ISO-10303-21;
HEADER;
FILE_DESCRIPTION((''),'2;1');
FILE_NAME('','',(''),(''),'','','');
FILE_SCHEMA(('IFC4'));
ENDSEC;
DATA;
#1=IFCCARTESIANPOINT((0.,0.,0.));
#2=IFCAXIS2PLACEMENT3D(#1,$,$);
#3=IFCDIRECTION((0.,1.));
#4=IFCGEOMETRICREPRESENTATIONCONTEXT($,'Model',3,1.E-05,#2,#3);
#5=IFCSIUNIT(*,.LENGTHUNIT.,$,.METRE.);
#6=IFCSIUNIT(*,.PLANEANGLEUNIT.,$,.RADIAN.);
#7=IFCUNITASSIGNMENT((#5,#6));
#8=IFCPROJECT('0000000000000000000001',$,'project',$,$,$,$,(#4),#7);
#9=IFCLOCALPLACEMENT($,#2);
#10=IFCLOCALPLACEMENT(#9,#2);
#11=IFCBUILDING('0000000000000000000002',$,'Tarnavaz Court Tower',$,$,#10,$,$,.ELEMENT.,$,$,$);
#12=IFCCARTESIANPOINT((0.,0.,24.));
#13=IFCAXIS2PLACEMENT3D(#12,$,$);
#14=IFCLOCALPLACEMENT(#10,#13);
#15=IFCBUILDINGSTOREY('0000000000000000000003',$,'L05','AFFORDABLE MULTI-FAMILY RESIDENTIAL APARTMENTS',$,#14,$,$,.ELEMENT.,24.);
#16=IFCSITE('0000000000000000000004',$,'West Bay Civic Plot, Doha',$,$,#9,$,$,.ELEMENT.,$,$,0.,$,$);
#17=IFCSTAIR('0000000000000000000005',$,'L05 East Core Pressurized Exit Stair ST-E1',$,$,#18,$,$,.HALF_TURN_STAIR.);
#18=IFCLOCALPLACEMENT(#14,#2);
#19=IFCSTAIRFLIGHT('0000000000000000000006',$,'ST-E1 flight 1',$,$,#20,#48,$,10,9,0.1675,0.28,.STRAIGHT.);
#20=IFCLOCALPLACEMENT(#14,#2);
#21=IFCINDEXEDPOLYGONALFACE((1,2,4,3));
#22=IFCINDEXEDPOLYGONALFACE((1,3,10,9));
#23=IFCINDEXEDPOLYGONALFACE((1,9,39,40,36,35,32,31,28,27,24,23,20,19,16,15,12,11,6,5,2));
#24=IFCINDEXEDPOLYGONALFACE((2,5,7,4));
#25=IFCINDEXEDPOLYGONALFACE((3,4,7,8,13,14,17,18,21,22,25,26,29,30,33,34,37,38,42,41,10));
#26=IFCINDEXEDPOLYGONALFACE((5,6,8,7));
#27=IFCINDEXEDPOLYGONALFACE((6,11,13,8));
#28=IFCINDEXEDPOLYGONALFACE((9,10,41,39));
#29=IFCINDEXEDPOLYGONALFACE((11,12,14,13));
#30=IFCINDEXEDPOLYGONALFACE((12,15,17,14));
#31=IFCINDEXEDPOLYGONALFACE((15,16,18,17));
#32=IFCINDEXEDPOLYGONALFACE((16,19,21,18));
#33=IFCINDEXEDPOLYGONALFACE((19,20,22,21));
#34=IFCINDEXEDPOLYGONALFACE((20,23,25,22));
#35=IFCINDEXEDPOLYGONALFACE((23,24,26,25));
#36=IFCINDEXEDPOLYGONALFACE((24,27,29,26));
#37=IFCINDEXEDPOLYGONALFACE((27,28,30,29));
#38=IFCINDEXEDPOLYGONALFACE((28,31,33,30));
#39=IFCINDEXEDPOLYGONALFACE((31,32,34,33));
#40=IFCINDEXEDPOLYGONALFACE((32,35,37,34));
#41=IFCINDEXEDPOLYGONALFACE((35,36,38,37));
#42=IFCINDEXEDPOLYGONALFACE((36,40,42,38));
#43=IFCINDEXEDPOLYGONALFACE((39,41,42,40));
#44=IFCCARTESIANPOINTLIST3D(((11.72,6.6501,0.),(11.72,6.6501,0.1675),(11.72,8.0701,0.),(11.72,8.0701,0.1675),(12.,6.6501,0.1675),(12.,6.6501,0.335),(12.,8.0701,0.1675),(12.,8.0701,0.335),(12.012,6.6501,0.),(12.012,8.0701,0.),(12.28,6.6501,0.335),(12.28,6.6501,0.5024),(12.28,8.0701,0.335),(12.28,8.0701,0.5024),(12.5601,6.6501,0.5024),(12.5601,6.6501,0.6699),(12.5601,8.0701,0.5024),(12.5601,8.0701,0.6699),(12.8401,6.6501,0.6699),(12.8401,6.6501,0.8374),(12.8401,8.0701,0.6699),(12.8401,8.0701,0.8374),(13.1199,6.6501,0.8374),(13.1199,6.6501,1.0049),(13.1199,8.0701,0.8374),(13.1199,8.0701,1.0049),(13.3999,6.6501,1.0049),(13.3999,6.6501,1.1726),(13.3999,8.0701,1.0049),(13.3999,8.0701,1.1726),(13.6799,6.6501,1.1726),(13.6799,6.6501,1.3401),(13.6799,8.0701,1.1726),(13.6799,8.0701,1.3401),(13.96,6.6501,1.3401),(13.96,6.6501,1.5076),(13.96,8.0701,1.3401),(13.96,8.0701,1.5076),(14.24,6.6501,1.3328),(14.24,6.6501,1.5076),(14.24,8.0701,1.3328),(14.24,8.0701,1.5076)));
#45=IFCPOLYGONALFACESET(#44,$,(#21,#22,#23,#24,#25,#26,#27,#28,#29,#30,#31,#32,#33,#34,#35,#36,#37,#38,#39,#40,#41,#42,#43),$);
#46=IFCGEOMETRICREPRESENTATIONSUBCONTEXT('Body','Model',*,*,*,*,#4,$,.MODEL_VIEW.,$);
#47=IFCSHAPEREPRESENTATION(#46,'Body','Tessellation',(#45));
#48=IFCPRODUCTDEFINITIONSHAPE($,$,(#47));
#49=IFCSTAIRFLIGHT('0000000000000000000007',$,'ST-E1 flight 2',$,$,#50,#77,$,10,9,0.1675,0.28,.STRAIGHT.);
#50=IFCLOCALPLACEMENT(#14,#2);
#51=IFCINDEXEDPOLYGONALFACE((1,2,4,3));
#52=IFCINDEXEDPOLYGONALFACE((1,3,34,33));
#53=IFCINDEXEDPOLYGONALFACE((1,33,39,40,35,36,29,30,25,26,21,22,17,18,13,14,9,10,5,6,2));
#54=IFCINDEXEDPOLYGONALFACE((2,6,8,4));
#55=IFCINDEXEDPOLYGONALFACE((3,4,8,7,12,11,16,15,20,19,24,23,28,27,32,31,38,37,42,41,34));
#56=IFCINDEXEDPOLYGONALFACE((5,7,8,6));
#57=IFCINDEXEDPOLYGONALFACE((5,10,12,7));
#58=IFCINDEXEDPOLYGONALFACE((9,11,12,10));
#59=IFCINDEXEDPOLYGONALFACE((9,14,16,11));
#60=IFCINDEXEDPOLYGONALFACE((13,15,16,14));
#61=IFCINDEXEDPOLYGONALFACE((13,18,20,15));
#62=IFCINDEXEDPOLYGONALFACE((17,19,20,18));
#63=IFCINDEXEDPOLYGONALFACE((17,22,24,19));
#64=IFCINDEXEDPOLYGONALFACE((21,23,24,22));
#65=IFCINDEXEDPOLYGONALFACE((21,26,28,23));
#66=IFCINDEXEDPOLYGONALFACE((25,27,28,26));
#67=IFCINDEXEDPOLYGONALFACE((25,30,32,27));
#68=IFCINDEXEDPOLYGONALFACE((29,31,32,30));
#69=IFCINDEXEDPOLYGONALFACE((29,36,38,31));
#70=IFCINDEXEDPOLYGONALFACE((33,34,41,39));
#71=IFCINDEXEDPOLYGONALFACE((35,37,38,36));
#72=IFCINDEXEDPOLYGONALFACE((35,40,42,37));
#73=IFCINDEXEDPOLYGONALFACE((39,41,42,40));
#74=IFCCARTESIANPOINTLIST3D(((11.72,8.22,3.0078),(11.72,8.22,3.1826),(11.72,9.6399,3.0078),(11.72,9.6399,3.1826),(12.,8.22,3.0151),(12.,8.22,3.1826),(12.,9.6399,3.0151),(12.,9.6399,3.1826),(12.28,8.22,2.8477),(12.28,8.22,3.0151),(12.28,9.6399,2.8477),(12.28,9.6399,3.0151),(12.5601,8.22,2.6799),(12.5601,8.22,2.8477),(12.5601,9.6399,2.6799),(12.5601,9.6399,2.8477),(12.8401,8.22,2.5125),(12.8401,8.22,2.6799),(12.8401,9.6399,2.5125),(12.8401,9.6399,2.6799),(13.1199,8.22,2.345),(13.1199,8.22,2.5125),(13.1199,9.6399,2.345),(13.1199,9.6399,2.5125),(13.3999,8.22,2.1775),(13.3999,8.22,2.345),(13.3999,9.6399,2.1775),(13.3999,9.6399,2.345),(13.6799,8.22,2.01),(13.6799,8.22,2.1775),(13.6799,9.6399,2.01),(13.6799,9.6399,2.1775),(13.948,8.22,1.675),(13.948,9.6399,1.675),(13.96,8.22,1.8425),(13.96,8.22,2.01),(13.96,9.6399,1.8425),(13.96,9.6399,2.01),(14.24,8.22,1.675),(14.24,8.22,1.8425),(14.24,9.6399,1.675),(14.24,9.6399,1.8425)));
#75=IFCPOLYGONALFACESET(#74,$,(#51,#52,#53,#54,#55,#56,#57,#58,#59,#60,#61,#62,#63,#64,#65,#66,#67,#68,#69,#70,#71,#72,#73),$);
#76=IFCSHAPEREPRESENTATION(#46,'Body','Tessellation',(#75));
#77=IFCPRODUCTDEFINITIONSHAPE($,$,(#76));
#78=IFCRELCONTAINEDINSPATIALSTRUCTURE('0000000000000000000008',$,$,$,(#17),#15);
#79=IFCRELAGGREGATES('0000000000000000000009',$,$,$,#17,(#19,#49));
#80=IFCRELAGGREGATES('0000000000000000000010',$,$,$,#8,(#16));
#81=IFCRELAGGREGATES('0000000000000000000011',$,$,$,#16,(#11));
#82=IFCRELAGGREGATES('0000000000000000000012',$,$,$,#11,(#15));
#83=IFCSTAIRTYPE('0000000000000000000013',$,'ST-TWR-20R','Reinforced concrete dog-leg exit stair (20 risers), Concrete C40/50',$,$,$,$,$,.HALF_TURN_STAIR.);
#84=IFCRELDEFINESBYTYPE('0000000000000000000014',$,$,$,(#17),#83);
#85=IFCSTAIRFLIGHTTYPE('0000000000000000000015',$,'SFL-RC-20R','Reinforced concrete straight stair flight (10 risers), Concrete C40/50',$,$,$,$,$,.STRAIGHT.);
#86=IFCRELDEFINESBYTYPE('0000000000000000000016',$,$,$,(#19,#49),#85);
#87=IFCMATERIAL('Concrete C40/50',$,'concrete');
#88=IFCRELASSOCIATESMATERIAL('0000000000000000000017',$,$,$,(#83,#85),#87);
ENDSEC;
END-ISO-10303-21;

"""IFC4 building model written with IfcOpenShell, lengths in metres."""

from ifc_helpers import new_model, si_unit, direction, frame, origin, place, context, subcontext, project, spatial, polyline, outline, extrude, material, type_object, element, aggregate, save


model = new_model("IFC4")

# Units and contexts
model_context = context("Model", 3, precision=1e-05, world=origin(), true_north=direction((0.0, 1.0)))
body_context = subcontext(model_context, "Body", "Model", "MODEL_VIEW")
ifc_project = project(units=[si_unit("LENGTHUNIT", "METRE"), si_unit("PLANEANGLEUNIT", "RADIAN")], contexts=[model_context])

# Site, building, storey
site_placement = place(None, origin())
site = spatial("IfcSite", under=ifc_project, at=site_placement, Name="West Bay Civic Plot, Doha", CompositionType="ELEMENT", RefElevation=0.0)
building_placement = place(site_placement, origin())
building = spatial("IfcBuilding", under=site, at=building_placement, Name="Tarnavaz Court Tower", CompositionType="ELEMENT")
storey_placement = place(building_placement, frame((0.0, 0.0, 24.0)))
storey = spatial("IfcBuildingStorey", under=building, at=storey_placement, Name="L05", Description="AFFORDABLE MULTI-FAMILY RESIDENTIAL APARTMENTS", CompositionType="ELEMENT", Elevation=24.0)

# Stair, stair flights
ifc_material_1 = material(Name="Concrete C40/50", Category="concrete")
stair_type = type_object("IfcStairType", Name="ST-TWR-20R", Description="Reinforced concrete dog-leg exit stair (20 risers), Concrete C40/50", PredefinedType="HALF_TURN_STAIR", material=ifc_material_1)
stair_placement = place(storey_placement, origin())
stair = element("IfcStair", 1, at=stair_placement, inside=storey, type_object=stair_type, Name="L05 East Core Pressurized Exit Stair ST-E1", PredefinedType="HALF_TURN_STAIR")
stair_flight_type = type_object("IfcStairFlightType", Name="SFL-RC-20R", Description="Reinforced concrete straight stair flight (10 risers), Concrete C40/50", PredefinedType="STRAIGHT", material=ifc_material_1)
stair_flight_1_placement = place(storey_placement, frame((11.72, 7.3601, 0.0), z_axis=(0.0, 0.0, 1.0), x_axis=(1.0, 0.0, 0.0)))
stair_flight_1 = element("IfcStairFlight", 2, at=stair_flight_1_placement, type_object=stair_flight_type, Name="ST-E1 flight 1", NumberOfRisers=10, NumberOfTreads=9, PredefinedType="STRAIGHT", RiserHeight=0.1675, TreadLength=0.28, context=body_context, shape_type="SweptSolid", body=[
    extrude(outline(polyline([(0.0, 0.0), (0.0, 0.1675), (0.28, 0.1675), (0.28, 0.335), (0.5601, 0.335), (0.5601, 0.5024), (0.8401, 0.5024), (0.8401, 0.6699), (1.1201, 0.6699), (1.1201, 0.8374), (1.3999, 0.8374), (1.3999, 1.0049), (1.6799, 1.0049), (1.6799, 1.1726), (1.96, 1.1726), (1.96, 1.3401), (2.24, 1.3401), (2.24, 1.5076), (2.52, 1.5076), (2.52, 1.675), (2.52, 1.3328), (0.292, 0.0), (0.0, 0.0)])), frame((0.0, 0.71, 0.0), z_axis=(0.0, -1.0, 0.0), x_axis=(1.0, 0.0, 0.0)), (0.0, 0.0, 1.0), 1.4199),
])
stair_flight_2_placement = place(storey_placement, frame((14.24, 8.9299, 1.675), z_axis=(0.0, 0.0, 1.0), x_axis=(-1.0, 0.0, 0.0)))
stair_flight_2 = element("IfcStairFlight", 3, at=stair_flight_2_placement, type_object=stair_flight_type, Name="ST-E1 flight 2", NumberOfRisers=10, NumberOfTreads=9, PredefinedType="STRAIGHT", RiserHeight=0.1675, TreadLength=0.28, context=body_context, shape_type="SweptSolid", body=[
    extrude(outline(polyline([(0.0, 0.0), (0.0, 0.1675), (0.28, 0.1675), (0.28, 0.335), (0.5601, 0.335), (0.5601, 0.5024), (0.8401, 0.5024), (0.8401, 0.6699), (1.1201, 0.6699), (1.1201, 0.8374), (1.3999, 0.8374), (1.3999, 1.0049), (1.6799, 1.0049), (1.6799, 1.1726), (1.96, 1.1726), (1.96, 1.3401), (2.24, 1.3401), (2.24, 1.5076), (2.52, 1.5076), (2.52, 1.675), (2.52, 1.3328), (0.292, 0.0), (0.0, 0.0)])), frame((0.0, 0.71, 0.0), z_axis=(0.0, -1.0, 0.0), x_axis=(1.0, 0.0, 0.0)), (0.0, 0.0, 1.0), 1.4199),
])
aggregate(stair, [stair_flight_1, stair_flight_2])

save(model, "model.ifc")
